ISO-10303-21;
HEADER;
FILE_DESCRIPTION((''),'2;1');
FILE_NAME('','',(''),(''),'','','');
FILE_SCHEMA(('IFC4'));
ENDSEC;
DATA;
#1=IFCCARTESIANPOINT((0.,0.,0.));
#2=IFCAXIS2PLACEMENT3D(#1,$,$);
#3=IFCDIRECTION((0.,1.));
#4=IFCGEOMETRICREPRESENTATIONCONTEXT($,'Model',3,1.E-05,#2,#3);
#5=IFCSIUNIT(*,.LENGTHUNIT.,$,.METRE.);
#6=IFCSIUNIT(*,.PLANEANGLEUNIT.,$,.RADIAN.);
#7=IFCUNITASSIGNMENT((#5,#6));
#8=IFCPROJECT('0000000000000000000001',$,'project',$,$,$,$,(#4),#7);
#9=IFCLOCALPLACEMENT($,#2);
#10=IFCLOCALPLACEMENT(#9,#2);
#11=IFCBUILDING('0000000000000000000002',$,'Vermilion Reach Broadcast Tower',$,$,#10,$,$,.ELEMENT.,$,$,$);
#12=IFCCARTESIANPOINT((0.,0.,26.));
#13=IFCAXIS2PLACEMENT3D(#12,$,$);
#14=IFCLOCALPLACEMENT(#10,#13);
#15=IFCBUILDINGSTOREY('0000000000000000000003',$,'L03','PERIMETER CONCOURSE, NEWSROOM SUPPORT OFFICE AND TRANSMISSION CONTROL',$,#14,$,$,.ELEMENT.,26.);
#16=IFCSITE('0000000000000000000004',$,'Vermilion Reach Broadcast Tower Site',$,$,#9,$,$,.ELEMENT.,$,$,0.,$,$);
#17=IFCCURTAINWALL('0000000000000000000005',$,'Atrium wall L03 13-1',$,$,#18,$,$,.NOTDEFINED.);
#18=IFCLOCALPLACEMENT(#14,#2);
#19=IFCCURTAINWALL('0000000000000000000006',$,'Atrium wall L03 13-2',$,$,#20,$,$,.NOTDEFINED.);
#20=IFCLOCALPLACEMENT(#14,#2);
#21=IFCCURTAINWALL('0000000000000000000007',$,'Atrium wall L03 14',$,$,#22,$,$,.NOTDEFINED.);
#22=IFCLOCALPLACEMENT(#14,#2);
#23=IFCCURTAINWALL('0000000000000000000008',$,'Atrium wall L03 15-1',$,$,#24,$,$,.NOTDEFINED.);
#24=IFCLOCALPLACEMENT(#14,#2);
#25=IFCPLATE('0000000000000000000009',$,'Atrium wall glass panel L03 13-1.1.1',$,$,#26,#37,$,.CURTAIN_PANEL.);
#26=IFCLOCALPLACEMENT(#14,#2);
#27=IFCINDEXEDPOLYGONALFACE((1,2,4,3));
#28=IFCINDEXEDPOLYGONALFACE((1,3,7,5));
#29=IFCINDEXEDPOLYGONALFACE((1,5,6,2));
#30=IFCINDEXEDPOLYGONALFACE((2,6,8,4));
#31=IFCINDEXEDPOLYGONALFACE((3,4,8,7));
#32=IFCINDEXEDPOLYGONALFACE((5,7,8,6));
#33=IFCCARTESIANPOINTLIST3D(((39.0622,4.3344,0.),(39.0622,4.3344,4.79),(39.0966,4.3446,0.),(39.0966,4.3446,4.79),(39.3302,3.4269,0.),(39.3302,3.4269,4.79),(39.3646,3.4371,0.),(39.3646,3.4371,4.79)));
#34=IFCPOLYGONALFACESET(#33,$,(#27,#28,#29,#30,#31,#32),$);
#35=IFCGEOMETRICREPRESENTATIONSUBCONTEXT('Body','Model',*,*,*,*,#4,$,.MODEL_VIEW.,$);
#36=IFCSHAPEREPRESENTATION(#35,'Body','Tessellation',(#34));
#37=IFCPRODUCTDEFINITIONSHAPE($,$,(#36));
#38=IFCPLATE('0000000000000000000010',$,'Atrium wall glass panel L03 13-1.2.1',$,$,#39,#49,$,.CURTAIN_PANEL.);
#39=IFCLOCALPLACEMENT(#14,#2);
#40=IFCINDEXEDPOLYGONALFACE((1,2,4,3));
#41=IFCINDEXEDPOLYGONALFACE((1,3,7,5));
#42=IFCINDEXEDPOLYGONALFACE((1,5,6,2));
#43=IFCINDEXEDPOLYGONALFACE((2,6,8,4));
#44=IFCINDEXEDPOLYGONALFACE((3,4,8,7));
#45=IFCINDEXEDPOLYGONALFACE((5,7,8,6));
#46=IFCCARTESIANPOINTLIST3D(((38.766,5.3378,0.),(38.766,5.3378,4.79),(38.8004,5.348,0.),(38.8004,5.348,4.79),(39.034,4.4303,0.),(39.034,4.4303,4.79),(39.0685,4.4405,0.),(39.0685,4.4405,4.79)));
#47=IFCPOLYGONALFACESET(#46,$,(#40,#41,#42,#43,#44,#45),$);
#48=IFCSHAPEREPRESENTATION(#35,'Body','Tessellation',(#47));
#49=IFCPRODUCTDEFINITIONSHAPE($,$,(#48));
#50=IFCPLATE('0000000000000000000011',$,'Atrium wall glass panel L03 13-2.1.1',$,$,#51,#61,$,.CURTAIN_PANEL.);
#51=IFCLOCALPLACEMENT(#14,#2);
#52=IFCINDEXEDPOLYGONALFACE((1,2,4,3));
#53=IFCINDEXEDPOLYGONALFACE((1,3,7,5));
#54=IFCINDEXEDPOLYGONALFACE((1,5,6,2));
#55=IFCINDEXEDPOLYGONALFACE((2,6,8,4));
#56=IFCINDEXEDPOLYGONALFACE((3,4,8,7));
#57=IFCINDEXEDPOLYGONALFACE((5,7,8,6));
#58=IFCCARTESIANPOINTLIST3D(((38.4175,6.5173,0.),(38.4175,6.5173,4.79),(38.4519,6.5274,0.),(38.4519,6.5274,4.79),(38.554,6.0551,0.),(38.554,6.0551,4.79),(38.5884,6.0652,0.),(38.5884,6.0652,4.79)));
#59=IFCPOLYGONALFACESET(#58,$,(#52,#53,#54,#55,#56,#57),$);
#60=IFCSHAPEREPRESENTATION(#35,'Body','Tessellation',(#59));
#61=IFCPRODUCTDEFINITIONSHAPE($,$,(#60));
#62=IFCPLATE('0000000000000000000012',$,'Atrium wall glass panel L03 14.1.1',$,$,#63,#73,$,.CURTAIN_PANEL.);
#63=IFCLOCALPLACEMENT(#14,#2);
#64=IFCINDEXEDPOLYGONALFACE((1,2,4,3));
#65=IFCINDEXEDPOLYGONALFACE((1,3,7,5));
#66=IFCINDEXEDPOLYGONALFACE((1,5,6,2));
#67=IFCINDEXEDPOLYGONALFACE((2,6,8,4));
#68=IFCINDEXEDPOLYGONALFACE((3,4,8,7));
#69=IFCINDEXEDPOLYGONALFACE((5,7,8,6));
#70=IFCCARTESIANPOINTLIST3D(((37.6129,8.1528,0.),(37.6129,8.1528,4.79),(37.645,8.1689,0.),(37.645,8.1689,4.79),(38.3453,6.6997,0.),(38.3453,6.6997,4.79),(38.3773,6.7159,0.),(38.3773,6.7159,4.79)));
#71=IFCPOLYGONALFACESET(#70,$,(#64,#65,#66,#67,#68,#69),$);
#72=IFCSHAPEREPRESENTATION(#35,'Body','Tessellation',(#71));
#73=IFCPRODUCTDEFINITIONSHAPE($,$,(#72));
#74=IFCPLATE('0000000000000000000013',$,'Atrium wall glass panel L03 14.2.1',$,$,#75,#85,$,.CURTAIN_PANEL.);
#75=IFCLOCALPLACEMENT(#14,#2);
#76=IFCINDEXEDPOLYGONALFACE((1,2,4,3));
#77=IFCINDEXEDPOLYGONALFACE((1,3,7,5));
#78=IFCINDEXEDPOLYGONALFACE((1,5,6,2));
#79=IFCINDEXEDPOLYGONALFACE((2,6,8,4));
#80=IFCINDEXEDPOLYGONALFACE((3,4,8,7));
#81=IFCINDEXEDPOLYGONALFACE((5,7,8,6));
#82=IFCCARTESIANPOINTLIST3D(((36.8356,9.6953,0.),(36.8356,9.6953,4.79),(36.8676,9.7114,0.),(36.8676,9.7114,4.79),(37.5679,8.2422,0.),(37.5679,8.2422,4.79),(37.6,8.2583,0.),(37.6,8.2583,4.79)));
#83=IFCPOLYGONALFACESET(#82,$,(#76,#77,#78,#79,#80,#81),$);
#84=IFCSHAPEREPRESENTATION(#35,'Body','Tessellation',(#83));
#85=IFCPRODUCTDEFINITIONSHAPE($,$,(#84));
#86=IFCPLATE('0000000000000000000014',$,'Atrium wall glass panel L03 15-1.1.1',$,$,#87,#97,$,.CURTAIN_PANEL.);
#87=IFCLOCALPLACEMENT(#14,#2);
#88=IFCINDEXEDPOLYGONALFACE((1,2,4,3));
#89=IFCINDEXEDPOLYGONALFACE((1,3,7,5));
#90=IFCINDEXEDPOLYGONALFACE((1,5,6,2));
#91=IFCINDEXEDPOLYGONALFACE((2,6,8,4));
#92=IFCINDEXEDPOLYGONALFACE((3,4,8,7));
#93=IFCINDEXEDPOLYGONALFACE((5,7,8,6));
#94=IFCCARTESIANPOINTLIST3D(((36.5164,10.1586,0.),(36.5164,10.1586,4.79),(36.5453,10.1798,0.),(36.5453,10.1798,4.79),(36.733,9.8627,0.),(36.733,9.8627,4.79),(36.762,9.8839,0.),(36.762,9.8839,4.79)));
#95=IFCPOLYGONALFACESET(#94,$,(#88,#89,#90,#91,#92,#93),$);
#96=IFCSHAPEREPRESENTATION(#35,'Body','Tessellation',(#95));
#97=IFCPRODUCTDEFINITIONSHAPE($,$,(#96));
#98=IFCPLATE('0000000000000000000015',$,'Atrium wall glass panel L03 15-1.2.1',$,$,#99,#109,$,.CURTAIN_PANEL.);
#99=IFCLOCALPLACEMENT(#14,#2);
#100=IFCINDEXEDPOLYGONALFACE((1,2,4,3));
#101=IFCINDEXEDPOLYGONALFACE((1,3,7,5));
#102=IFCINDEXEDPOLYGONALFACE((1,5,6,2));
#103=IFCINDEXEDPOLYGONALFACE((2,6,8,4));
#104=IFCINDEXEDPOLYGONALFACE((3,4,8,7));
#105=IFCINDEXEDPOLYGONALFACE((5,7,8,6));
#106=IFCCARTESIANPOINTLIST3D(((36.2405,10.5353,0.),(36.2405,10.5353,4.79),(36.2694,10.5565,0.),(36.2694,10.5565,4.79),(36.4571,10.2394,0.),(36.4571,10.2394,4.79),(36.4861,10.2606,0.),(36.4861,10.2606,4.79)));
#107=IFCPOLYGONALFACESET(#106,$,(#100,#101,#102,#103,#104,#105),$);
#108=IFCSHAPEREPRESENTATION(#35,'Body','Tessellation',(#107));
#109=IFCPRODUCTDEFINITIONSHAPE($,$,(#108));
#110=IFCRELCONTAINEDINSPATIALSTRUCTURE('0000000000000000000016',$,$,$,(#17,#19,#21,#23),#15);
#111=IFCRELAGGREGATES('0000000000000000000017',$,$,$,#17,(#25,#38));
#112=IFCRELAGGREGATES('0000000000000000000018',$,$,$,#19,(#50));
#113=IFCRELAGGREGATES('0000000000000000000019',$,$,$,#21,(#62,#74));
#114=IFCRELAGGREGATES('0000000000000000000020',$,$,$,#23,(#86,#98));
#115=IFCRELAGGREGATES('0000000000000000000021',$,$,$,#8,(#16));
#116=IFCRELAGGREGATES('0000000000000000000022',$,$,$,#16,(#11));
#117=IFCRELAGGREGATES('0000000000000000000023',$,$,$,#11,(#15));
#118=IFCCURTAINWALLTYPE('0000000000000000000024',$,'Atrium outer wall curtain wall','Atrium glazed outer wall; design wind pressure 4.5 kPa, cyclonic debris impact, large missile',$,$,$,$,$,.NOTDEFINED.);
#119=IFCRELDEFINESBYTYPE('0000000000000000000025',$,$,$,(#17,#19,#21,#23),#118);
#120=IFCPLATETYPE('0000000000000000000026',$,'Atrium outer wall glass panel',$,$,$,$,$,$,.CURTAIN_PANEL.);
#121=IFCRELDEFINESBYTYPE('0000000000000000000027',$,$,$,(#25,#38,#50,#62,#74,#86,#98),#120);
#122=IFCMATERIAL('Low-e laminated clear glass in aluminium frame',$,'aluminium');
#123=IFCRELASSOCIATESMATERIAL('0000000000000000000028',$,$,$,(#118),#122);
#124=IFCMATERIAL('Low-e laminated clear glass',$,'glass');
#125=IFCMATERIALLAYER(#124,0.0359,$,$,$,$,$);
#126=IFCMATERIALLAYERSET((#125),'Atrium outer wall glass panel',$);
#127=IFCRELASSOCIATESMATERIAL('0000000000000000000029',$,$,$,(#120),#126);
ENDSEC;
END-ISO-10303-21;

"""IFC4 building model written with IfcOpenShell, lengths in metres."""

from ifc_helpers import new_model, si_unit, direction, frame, origin, origin_2d, place, context, subcontext, project, spatial, rectangle, extrude, material, layer, layer_set, type_object, element, aggregate, save


model = new_model("IFC4")

# Units and contexts
model_context = context("Model", 3, precision=1e-05, world=origin(), true_north=direction((0.0, 1.0)))
body_context = subcontext(model_context, "Body", "Model", "MODEL_VIEW")
ifc_project = project(units=[si_unit("LENGTHUNIT", "METRE"), si_unit("PLANEANGLEUNIT", "RADIAN")], contexts=[model_context])

# Site, building, storey
site_placement = place(None, origin())
site = spatial("IfcSite", under=ifc_project, at=site_placement, Name="Vermilion Reach Broadcast Tower Site", CompositionType="ELEMENT", RefElevation=0.0)
building_placement = place(site_placement, origin())
building = spatial("IfcBuilding", under=site, at=building_placement, Name="Vermilion Reach Broadcast Tower", CompositionType="ELEMENT")
storey_placement = place(building_placement, frame((0.0, 0.0, 26.0)))
storey = spatial("IfcBuildingStorey", under=building, at=storey_placement, Name="L03", Description="PERIMETER CONCOURSE, NEWSROOM SUPPORT OFFICE AND TRANSMISSION CONTROL", CompositionType="ELEMENT", Elevation=26.0)

# Curtain walls
ifc_material_1 = material(Name="Low-e laminated clear glass in aluminium frame", Category="aluminium")
curtain_wall_type = type_object("IfcCurtainWallType", Name="Atrium outer wall curtain wall", Description="Atrium glazed outer wall; design wind pressure 4.5 kPa, cyclonic debris impact, large missile", PredefinedType="NOTDEFINED", material=ifc_material_1)
placement = place(storey_placement, origin())
curtain_wall_1 = element("IfcCurtainWall", 1, at=placement, inside=storey, type_object=curtain_wall_type, Name="Atrium wall L03 13-1", PredefinedType="NOTDEFINED")
curtain_wall_2 = element("IfcCurtainWall", 2, at=placement, inside=storey, type_object=curtain_wall_type, Name="Atrium wall L03 13-2", PredefinedType="NOTDEFINED")
curtain_wall_3 = element("IfcCurtainWall", 3, at=placement, inside=storey, type_object=curtain_wall_type, Name="Atrium wall L03 14", PredefinedType="NOTDEFINED")
curtain_wall_4 = element("IfcCurtainWall", 4, at=placement, inside=storey, type_object=curtain_wall_type, Name="Atrium wall L03 15-1", PredefinedType="NOTDEFINED")

# Plates
ifc_material_2 = material(Name="Low-e laminated clear glass", Category="glass")
ifc_layer = layer(ifc_material_2, 0.0359)
ifc_layer_set = layer_set([ifc_layer], Name="Atrium outer wall glass panel")
plate_type = type_object("IfcPlateType", Name="Atrium outer wall glass panel", PredefinedType="CURTAIN_PANEL", material=ifc_layer_set)
plate_1_placement = place(storey_placement, frame((39.2134, 3.8857, 0.0), z_axis=(0.0, 0.0, 1.0), x_axis=(-0.283245, 0.959048, 0.0)))
plate_1 = element("IfcPlate", 5, at=plate_1_placement, type_object=plate_type, Name="Atrium wall glass panel L03 13-1.1.1", PredefinedType="CURTAIN_PANEL", context=body_context, shape_type="SweptSolid", body=[
    extrude(rectangle(XDim=0.9463, YDim=0.0359, at=origin_2d()), origin(), (0.0, 0.0, 1.0), 4.79),
])
plate_2_placement = place(storey_placement, frame((38.9172, 4.8892, 0.0), z_axis=(0.0, 0.0, 1.0), x_axis=(-0.283245, 0.959048, 0.0)))
plate_2 = element("IfcPlate", 6, at=plate_2_placement, type_object=plate_type, Name="Atrium wall glass panel L03 13-1.2.1", PredefinedType="CURTAIN_PANEL", context=body_context, shape_type="SweptSolid", body=[
    extrude(rectangle(XDim=0.9463, YDim=0.0359, at=origin_2d()), origin(), (0.0, 0.0, 1.0), 4.79),
])
aggregate(curtain_wall_1, [plate_1, plate_2])
plate_3_placement = place(storey_placement, frame((38.5029, 6.2913, 0.0), z_axis=(0.0, 0.0, 1.0), x_axis=(-0.283245, 0.959048, 0.0)))
plate_3 = element("IfcPlate", 7, at=plate_3_placement, type_object=plate_type, Name="Atrium wall glass panel L03 13-2.1.1", PredefinedType="CURTAIN_PANEL", context=body_context, shape_type="SweptSolid", body=[
    extrude(rectangle(XDim=0.4819, YDim=0.0359, at=origin_2d()), origin(), (0.0, 0.0, 1.0), 4.79),
])
aggregate(curtain_wall_2, [plate_3])
plate_4_placement = place(storey_placement, frame((37.9951, 7.4343, 0.0), z_axis=(0.0, 0.0, 1.0), x_axis=(-0.450072, 0.892992, 0.0)))
plate_4 = element("IfcPlate", 8, at=plate_4_placement, type_object=plate_type, Name="Atrium wall glass panel L03 14.1.1", PredefinedType="CURTAIN_PANEL", context=body_context, shape_type="SweptSolid", body=[
    extrude(rectangle(XDim=1.6272, YDim=0.0359, at=origin_2d()), origin(), (0.0, 0.0, 1.0), 4.79),
])
plate_5_placement = place(storey_placement, frame((37.2178, 8.9768, 0.0), z_axis=(0.0, 0.0, 1.0), x_axis=(-0.450072, 0.892992, 0.0)))
plate_5 = element("IfcPlate", 9, at=plate_5_placement, type_object=plate_type, Name="Atrium wall glass panel L03 14.2.1", PredefinedType="CURTAIN_PANEL", context=body_context, shape_type="SweptSolid", body=[
    extrude(rectangle(XDim=1.6272, YDim=0.0359, at=origin_2d()), origin(), (0.0, 0.0, 1.0), 4.79),
])
aggregate(curtain_wall_3, [plate_4, plate_5])
plate_6_placement = place(storey_placement, frame((36.6392, 10.0212, 0.0), z_axis=(0.0, 0.0, 1.0), x_axis=(-0.59076, 0.806847, 0.0)))
plate_6 = element("IfcPlate", 10, at=plate_6_placement, type_object=plate_type, Name="Atrium wall glass panel L03 15-1.1.1", PredefinedType="CURTAIN_PANEL", context=body_context, shape_type="SweptSolid", body=[
    extrude(rectangle(XDim=0.3667, YDim=0.0359, at=origin_2d()), origin(), (0.0, 0.0, 1.0), 4.79),
])
plate_7_placement = place(storey_placement, frame((36.3633, 10.3979, 0.0), z_axis=(0.0, 0.0, 1.0), x_axis=(-0.59076, 0.806847, 0.0)))
plate_7 = element("IfcPlate", 11, at=plate_7_placement, type_object=plate_type, Name="Atrium wall glass panel L03 15-1.2.1", PredefinedType="CURTAIN_PANEL", context=body_context, shape_type="SweptSolid", body=[
    extrude(rectangle(XDim=0.3667, YDim=0.0359, at=origin_2d()), origin(), (0.0, 0.0, 1.0), 4.79),
])
aggregate(curtain_wall_4, [plate_6, plate_7])

save(model, "model.ifc")
